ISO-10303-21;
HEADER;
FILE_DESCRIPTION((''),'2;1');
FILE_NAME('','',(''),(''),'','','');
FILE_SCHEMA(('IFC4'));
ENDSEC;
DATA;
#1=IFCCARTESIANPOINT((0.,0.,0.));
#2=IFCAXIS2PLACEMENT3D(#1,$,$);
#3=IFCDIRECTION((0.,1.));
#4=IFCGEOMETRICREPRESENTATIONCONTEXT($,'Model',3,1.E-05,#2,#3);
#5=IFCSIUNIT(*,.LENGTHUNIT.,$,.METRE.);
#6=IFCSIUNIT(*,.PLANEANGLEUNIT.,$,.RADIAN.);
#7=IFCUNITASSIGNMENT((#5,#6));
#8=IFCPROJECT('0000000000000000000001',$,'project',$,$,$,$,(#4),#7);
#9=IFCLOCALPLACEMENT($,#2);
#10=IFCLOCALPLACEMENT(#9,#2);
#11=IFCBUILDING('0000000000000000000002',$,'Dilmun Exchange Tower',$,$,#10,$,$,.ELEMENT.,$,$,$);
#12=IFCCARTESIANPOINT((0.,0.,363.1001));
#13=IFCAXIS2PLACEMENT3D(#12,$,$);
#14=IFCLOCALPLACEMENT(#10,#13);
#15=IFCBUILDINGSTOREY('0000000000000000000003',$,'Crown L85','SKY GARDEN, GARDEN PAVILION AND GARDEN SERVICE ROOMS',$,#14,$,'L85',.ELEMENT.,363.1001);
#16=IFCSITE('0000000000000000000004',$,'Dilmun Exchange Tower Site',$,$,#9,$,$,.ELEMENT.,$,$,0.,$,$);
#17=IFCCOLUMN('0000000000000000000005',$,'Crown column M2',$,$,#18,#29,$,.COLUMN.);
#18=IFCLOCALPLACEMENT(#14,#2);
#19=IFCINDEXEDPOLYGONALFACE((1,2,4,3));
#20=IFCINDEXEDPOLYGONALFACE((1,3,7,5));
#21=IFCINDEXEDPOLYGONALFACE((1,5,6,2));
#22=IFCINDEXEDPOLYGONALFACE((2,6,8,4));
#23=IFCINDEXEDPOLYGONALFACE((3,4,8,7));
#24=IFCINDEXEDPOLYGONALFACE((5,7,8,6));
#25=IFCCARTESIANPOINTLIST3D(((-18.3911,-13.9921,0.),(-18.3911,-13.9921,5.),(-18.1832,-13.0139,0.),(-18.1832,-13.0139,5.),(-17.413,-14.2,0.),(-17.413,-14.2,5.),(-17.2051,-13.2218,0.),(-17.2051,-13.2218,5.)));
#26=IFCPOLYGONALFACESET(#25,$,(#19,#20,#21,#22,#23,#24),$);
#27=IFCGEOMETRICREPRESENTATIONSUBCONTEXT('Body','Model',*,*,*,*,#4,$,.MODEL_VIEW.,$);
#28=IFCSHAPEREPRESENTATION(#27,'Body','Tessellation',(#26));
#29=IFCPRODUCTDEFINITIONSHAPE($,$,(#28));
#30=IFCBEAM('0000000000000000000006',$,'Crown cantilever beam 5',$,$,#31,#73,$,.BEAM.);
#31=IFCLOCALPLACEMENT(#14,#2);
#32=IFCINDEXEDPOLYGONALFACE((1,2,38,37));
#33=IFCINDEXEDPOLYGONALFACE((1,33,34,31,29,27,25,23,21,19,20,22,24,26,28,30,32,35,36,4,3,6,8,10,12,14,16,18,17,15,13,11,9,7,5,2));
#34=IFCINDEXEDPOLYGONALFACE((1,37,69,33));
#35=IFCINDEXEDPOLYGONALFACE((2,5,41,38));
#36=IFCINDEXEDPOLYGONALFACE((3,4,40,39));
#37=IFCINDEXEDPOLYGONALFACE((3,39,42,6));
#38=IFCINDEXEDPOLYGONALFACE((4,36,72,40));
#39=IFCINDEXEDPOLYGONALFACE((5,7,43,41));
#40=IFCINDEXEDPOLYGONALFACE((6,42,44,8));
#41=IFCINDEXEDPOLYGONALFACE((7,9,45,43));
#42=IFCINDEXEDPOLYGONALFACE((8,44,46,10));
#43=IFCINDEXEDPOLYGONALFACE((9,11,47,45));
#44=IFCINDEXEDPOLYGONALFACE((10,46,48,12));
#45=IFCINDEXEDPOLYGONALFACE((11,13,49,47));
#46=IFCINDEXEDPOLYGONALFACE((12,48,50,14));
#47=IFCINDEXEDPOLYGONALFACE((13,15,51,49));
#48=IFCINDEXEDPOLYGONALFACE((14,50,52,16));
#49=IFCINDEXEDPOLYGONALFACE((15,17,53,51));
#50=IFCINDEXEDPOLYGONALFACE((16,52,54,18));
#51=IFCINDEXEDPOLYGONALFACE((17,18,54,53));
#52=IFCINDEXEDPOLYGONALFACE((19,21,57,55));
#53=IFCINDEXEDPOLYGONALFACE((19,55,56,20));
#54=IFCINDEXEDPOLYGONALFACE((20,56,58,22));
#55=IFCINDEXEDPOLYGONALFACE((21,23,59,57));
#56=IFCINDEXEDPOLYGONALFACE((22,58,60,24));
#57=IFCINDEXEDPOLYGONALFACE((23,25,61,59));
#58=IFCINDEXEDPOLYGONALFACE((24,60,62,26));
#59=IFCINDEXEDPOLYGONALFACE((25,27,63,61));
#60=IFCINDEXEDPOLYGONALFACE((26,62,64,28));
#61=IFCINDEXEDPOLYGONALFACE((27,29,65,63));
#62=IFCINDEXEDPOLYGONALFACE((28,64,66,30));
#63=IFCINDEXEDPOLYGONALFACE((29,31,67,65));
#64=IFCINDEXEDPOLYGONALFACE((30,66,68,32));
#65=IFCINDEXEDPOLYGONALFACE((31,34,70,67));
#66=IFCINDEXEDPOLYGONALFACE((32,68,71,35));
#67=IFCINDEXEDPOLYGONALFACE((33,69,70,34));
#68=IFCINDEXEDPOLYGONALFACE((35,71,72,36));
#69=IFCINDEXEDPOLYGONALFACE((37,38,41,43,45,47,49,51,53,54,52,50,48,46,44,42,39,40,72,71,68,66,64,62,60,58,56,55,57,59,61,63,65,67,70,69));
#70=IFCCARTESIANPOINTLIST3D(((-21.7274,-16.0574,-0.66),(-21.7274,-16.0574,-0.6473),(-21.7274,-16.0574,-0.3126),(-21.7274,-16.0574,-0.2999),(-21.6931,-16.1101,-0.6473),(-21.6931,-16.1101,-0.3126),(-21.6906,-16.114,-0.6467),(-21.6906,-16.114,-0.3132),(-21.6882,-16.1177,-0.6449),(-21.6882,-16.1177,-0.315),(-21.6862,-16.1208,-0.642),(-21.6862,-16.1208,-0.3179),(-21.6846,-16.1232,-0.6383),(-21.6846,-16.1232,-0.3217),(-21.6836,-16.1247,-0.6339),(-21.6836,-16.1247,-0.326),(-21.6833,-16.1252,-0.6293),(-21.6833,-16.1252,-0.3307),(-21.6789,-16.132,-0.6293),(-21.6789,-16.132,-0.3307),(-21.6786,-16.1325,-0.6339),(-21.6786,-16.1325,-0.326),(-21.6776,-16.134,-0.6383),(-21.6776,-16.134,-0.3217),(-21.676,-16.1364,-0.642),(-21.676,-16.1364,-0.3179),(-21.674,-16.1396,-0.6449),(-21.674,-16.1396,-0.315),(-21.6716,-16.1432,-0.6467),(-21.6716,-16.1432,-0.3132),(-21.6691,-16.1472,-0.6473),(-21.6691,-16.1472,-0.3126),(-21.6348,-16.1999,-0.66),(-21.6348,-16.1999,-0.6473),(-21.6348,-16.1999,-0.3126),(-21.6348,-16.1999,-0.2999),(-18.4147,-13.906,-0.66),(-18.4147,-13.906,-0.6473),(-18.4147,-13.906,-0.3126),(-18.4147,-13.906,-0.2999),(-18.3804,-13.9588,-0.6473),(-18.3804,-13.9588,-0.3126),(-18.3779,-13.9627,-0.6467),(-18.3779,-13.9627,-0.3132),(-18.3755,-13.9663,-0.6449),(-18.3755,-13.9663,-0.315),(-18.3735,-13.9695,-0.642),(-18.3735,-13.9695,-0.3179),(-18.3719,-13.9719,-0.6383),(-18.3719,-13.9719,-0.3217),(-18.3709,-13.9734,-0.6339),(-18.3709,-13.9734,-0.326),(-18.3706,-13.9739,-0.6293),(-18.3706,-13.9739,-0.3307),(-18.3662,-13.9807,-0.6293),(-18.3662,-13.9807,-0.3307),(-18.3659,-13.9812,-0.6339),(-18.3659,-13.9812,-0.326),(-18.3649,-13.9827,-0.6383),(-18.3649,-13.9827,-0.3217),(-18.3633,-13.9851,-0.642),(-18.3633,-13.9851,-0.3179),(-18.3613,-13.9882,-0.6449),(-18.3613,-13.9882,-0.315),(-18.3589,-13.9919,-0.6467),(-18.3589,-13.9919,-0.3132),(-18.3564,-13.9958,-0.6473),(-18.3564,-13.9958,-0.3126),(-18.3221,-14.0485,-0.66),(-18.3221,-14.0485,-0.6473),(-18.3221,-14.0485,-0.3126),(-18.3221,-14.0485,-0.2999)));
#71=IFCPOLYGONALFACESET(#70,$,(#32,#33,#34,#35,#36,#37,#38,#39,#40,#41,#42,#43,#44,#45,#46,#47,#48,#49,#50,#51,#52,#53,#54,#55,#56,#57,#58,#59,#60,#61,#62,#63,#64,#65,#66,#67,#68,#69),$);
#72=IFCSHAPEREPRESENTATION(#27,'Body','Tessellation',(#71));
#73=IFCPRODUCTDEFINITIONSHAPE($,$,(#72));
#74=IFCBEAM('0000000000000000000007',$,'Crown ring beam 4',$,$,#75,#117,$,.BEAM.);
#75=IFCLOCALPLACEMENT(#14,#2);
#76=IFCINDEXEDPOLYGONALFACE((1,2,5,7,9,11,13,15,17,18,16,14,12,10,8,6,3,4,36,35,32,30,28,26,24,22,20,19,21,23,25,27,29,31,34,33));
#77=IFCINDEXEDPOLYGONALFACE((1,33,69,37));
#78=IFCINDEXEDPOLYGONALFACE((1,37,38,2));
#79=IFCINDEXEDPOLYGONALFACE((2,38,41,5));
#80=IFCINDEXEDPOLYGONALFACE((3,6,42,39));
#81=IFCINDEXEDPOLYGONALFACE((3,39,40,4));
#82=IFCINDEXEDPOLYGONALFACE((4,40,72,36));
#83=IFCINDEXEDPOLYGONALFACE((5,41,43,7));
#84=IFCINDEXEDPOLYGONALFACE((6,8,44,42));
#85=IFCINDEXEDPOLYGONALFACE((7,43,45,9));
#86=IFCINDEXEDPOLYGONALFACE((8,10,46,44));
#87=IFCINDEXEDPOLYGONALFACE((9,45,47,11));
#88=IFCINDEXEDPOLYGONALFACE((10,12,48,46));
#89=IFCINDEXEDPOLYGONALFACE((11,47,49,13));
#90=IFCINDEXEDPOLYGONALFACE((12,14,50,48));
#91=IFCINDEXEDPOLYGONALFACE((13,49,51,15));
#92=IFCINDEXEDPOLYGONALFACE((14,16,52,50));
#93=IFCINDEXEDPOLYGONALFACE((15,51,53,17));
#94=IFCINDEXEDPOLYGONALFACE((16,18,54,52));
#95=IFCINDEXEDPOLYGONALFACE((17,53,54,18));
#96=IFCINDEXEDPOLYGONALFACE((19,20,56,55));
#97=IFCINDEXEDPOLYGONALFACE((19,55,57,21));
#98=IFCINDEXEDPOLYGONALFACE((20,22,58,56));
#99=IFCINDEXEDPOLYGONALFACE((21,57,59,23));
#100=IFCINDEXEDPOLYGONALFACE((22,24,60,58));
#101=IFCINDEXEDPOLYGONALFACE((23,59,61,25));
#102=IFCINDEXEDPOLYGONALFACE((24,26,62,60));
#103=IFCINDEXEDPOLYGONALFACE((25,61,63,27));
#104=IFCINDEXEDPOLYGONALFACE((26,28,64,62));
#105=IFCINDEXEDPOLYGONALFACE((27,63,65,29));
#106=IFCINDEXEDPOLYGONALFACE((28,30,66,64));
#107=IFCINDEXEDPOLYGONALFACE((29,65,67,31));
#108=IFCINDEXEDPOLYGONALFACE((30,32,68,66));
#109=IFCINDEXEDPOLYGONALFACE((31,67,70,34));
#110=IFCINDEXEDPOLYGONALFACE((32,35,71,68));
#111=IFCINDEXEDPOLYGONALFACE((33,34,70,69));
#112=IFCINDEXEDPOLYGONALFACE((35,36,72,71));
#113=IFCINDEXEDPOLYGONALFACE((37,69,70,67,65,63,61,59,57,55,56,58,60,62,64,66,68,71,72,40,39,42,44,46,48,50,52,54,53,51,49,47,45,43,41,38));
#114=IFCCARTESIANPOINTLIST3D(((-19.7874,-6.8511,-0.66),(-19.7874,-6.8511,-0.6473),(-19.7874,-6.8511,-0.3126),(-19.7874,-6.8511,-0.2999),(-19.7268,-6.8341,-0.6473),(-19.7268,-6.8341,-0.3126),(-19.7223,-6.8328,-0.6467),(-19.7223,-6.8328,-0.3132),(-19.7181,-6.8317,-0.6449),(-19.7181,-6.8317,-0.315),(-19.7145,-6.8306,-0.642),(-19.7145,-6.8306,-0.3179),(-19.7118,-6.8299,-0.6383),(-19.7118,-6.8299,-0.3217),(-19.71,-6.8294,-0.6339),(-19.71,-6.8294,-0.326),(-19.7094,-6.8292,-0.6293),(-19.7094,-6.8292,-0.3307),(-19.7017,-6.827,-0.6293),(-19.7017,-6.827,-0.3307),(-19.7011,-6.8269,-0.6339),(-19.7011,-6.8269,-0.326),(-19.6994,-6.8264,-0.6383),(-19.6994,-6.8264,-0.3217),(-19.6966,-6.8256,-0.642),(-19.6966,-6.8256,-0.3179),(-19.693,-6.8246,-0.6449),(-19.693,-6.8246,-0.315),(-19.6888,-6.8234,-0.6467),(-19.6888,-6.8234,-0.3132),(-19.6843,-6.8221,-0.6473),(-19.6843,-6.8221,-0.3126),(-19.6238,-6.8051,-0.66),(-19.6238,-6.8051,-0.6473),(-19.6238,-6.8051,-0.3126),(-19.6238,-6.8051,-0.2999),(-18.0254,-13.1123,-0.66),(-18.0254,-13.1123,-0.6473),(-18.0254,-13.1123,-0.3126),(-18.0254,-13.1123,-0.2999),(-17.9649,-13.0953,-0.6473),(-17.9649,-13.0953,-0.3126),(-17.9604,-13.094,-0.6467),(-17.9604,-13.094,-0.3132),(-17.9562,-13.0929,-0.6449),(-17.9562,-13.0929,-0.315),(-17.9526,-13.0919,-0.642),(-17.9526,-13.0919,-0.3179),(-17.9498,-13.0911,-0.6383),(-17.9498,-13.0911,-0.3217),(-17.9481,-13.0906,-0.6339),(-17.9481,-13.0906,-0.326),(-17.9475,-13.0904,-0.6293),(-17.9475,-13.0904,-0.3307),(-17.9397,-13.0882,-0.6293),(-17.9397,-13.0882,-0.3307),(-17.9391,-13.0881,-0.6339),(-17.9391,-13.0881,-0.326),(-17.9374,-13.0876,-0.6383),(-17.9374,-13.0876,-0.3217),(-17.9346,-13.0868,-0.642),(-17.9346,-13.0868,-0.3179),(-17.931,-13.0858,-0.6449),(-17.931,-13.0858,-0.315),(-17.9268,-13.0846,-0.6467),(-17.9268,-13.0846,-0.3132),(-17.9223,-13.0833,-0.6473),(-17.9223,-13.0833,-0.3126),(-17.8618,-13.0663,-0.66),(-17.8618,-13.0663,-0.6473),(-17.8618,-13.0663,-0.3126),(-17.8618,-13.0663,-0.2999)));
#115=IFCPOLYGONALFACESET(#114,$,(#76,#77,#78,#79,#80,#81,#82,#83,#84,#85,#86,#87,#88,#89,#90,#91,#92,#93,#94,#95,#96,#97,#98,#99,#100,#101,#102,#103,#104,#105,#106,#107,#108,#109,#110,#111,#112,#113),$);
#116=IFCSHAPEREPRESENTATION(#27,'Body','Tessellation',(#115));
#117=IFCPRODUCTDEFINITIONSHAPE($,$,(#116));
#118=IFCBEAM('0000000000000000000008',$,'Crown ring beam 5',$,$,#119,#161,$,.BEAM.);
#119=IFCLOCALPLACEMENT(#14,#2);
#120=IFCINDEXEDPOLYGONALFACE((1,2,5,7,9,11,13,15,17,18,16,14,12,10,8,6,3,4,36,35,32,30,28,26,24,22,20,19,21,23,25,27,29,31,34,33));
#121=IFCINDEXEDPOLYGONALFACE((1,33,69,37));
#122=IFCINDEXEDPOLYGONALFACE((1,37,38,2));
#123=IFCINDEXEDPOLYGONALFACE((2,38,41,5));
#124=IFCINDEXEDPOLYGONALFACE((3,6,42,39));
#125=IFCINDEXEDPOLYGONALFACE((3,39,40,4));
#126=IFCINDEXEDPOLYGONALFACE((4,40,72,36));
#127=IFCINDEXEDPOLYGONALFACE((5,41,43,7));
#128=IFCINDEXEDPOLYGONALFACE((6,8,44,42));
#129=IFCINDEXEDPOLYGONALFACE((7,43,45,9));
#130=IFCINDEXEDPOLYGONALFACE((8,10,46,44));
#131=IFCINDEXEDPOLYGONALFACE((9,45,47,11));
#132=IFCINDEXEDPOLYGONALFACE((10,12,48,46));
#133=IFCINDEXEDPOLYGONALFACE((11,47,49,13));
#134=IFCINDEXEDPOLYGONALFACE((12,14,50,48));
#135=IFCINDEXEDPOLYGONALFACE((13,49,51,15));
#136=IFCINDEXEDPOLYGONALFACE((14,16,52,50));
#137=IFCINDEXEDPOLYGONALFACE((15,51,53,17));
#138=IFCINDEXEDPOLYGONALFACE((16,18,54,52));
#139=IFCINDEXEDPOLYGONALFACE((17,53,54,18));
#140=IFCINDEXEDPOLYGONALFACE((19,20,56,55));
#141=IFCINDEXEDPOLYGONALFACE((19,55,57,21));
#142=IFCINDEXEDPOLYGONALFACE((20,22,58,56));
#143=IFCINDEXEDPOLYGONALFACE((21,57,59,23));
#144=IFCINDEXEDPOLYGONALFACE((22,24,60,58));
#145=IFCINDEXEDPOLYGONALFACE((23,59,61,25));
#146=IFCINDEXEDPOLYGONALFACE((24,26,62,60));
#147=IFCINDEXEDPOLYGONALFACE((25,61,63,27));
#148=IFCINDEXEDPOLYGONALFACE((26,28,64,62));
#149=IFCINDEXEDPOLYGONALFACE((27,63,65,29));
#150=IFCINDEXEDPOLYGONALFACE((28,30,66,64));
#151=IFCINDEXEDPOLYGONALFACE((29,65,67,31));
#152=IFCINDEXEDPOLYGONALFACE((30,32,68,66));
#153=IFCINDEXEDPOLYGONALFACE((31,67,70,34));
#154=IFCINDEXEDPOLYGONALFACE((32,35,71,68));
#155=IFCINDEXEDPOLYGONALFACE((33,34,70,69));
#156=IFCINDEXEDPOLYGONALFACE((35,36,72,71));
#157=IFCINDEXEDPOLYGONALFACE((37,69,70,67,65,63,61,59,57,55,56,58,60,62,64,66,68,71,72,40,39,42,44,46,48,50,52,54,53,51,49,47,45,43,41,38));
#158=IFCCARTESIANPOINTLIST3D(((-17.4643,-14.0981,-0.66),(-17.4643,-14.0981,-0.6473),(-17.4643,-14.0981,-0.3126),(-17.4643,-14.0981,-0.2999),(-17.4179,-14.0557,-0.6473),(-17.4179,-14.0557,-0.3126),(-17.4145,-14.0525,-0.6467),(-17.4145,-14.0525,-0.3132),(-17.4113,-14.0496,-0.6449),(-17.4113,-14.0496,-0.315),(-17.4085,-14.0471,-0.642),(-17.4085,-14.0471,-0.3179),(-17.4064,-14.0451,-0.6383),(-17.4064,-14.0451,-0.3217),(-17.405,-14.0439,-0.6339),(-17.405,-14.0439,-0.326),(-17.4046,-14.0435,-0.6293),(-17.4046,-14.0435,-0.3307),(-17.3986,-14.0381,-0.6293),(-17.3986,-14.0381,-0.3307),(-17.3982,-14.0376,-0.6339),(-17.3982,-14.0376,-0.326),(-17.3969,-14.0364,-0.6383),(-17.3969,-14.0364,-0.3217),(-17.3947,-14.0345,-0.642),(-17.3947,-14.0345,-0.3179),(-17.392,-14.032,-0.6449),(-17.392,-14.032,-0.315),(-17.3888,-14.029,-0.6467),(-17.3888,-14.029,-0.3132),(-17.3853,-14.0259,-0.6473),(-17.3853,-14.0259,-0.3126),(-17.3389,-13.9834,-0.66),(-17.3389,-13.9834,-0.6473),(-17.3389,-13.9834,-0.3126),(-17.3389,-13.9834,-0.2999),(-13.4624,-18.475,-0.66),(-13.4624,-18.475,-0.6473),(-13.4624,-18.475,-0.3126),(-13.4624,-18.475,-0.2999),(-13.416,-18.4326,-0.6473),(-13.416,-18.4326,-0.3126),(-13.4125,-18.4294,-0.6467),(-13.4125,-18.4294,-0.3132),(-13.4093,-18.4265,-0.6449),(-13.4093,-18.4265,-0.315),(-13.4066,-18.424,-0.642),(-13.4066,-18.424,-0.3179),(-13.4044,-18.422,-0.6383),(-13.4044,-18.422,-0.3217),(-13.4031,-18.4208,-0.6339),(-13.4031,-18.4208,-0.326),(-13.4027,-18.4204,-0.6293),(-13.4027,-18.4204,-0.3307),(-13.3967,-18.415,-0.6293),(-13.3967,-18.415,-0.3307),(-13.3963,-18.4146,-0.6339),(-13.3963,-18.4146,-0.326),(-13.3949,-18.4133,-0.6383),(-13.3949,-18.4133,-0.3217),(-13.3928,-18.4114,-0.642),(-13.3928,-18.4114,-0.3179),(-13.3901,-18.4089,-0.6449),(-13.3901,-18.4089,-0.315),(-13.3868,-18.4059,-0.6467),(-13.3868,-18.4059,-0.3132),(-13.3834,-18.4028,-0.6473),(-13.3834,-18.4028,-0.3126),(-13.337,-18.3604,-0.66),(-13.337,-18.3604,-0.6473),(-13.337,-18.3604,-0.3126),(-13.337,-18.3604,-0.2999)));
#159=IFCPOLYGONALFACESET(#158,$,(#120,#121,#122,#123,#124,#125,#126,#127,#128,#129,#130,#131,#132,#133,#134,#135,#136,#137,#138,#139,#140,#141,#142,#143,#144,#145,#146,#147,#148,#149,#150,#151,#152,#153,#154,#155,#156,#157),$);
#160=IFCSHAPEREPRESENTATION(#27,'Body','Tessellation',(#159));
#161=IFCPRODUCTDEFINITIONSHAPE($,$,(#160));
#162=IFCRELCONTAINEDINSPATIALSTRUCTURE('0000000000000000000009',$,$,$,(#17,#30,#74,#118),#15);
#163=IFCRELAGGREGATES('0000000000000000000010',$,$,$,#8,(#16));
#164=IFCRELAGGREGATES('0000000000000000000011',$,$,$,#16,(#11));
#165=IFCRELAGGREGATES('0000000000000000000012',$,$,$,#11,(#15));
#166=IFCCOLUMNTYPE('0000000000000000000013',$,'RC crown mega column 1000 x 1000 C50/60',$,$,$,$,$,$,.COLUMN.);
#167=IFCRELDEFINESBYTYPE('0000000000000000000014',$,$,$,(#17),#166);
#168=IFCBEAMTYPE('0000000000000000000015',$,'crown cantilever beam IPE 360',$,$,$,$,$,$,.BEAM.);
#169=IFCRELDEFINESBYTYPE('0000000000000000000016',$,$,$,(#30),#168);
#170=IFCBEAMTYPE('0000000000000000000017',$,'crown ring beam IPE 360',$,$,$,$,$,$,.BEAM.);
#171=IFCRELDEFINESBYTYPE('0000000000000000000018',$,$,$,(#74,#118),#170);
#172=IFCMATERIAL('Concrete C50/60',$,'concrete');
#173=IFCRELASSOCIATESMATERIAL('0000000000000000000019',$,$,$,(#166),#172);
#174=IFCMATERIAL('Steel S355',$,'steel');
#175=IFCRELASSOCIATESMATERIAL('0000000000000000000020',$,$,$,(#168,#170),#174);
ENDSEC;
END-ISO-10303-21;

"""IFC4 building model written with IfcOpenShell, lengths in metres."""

from ifc_helpers import new_model, si_unit, direction, frame, origin, origin_2d, place, context, subcontext, project, spatial, rectangle, i_section, extrude, material, material_profile, profile_set, type_object, element, save


model = new_model("IFC4")

# Units and contexts
model_context = context("Model", 3, precision=1e-05, world=origin(), true_north=direction((0.0, 1.0)))
body_context = subcontext(model_context, "Body", "Model", "MODEL_VIEW")
ifc_project = project(units=[si_unit("LENGTHUNIT", "METRE"), si_unit("PLANEANGLEUNIT", "RADIAN")], contexts=[model_context])

# Site, building, storey
site_placement = place(None, origin())
site = spatial("IfcSite", under=ifc_project, at=site_placement, Name="Dilmun Exchange Tower Site", CompositionType="ELEMENT", RefElevation=0.0)
building_placement = place(site_placement, origin())
building = spatial("IfcBuilding", under=site, at=building_placement, Name="Dilmun Exchange Tower", CompositionType="ELEMENT")
storey_placement = place(building_placement, frame((0.0, 0.0, 363.1001)))
storey = spatial("IfcBuildingStorey", under=building, at=storey_placement, Name="Crown L85", Description="SKY GARDEN, GARDEN PAVILION AND GARDEN SERVICE ROOMS", LongName="L85", CompositionType="ELEMENT", Elevation=363.1001)

# Column
ifc_material_1 = material(Name="Concrete C50/60", Category="concrete")
ifc_material_profile_1 = material_profile(ifc_material_1, rectangle(XDim=1.0, YDim=1.0, at=origin_2d()), Name="1000 x 1000")
ifc_profile_set_1 = profile_set([ifc_material_profile_1], Name="Concrete C50/60")
column_type = type_object("IfcColumnType", Name="RC crown mega column 1000 x 1000 C50/60", PredefinedType="COLUMN", material=ifc_profile_set_1)
column_placement = place(storey_placement, frame((-17.7981, -13.6069, 0.0), z_axis=(0.0, 0.0, 1.0), x_axis=(0.207912, 0.978148, 0.0)))
element("IfcColumn", 1, at=column_placement, inside=storey, type_object=column_type, Name="Crown column M2", PredefinedType="COLUMN", context=body_context, shape_type="SweptSolid", body=[
    extrude(rectangle(XDim=1.0, YDim=1.0, at=origin_2d()), origin(), (0.0, 0.0, 1.0), 5.0),
])

# Beams
ifc_material_2 = material(Name="Steel S355", Category="steel")
ifc_material_profile_2 = material_profile(ifc_material_2, i_section(OverallWidth=0.1699, OverallDepth=0.3601, WebThickness=0.0081, FlangeThickness=0.0127, FilletRadius=0.0181, at=origin_2d()), Name="IPE 360")
ifc_profile_set_2 = profile_set([ifc_material_profile_2], Name="Steel S355")
beam_type_1 = type_object("IfcBeamType", Name="crown cantilever beam IPE 360", PredefinedType="BEAM", material=ifc_profile_set_2)
beam_1_placement = place(storey_placement, frame((-18.3684, -13.9773, -0.48), z_axis=(-0.838665, -0.544647, 0.0), x_axis=(0.544647, -0.838665, 0.0)))
element("IfcBeam", 2, at=beam_1_placement, inside=storey, type_object=beam_type_1, Name="Crown cantilever beam 5", PredefinedType="BEAM", context=body_context, shape_type="SweptSolid", body=[
    extrude(i_section(OverallWidth=0.1699, OverallDepth=0.3601, WebThickness=0.0081, FlangeThickness=0.0127, FilletRadius=0.0181, at=origin_2d()), origin(), (0.0, 0.0, 1.0), 3.95),
])
ifc_material_profile_3 = material_profile(ifc_material_2, i_section(OverallWidth=0.1699, OverallDepth=0.3601, WebThickness=0.0081, FlangeThickness=0.0127, FilletRadius=0.0181, at=origin_2d()), Name="IPE 360")
ifc_profile_set_3 = profile_set([ifc_material_profile_3], Name="Steel S355")
beam_type_2 = type_object("IfcBeamType", Name="crown ring beam IPE 360", PredefinedType="BEAM", material=ifc_profile_set_3)
beam_2_placement = place(storey_placement, frame((-19.7056, -6.8281, -0.48), z_axis=(0.270887, -0.962611, 0.0), x_axis=(0.962611, 0.270887, 0.0)))
element("IfcBeam", 3, at=beam_2_placement, inside=storey, type_object=beam_type_2, Name="Crown ring beam 4", PredefinedType="BEAM", context=body_context, shape_type="SweptSolid", body=[
    extrude(i_section(OverallWidth=0.1699, OverallDepth=0.3601, WebThickness=0.0081, FlangeThickness=0.0127, FilletRadius=0.0181, at=origin_2d()), origin(), (0.0, 0.0, 1.0), 6.5044),
])
beam_3_placement = place(storey_placement, frame((-17.4016, -14.0408, -0.48), z_axis=(0.674785, -0.738015, 0.0), x_axis=(0.738015, 0.674785, 0.0)))
element("IfcBeam", 4, at=beam_3_placement, inside=storey, type_object=beam_type_2, Name="Crown ring beam 5", PredefinedType="BEAM", context=body_context, shape_type="SweptSolid", body=[
    extrude(i_section(OverallWidth=0.1699, OverallDepth=0.3601, WebThickness=0.0081, FlangeThickness=0.0127, FilletRadius=0.0181, at=origin_2d()), origin(), (0.0, 0.0, 1.0), 5.9307),
])

save(model, "model.ifc")
